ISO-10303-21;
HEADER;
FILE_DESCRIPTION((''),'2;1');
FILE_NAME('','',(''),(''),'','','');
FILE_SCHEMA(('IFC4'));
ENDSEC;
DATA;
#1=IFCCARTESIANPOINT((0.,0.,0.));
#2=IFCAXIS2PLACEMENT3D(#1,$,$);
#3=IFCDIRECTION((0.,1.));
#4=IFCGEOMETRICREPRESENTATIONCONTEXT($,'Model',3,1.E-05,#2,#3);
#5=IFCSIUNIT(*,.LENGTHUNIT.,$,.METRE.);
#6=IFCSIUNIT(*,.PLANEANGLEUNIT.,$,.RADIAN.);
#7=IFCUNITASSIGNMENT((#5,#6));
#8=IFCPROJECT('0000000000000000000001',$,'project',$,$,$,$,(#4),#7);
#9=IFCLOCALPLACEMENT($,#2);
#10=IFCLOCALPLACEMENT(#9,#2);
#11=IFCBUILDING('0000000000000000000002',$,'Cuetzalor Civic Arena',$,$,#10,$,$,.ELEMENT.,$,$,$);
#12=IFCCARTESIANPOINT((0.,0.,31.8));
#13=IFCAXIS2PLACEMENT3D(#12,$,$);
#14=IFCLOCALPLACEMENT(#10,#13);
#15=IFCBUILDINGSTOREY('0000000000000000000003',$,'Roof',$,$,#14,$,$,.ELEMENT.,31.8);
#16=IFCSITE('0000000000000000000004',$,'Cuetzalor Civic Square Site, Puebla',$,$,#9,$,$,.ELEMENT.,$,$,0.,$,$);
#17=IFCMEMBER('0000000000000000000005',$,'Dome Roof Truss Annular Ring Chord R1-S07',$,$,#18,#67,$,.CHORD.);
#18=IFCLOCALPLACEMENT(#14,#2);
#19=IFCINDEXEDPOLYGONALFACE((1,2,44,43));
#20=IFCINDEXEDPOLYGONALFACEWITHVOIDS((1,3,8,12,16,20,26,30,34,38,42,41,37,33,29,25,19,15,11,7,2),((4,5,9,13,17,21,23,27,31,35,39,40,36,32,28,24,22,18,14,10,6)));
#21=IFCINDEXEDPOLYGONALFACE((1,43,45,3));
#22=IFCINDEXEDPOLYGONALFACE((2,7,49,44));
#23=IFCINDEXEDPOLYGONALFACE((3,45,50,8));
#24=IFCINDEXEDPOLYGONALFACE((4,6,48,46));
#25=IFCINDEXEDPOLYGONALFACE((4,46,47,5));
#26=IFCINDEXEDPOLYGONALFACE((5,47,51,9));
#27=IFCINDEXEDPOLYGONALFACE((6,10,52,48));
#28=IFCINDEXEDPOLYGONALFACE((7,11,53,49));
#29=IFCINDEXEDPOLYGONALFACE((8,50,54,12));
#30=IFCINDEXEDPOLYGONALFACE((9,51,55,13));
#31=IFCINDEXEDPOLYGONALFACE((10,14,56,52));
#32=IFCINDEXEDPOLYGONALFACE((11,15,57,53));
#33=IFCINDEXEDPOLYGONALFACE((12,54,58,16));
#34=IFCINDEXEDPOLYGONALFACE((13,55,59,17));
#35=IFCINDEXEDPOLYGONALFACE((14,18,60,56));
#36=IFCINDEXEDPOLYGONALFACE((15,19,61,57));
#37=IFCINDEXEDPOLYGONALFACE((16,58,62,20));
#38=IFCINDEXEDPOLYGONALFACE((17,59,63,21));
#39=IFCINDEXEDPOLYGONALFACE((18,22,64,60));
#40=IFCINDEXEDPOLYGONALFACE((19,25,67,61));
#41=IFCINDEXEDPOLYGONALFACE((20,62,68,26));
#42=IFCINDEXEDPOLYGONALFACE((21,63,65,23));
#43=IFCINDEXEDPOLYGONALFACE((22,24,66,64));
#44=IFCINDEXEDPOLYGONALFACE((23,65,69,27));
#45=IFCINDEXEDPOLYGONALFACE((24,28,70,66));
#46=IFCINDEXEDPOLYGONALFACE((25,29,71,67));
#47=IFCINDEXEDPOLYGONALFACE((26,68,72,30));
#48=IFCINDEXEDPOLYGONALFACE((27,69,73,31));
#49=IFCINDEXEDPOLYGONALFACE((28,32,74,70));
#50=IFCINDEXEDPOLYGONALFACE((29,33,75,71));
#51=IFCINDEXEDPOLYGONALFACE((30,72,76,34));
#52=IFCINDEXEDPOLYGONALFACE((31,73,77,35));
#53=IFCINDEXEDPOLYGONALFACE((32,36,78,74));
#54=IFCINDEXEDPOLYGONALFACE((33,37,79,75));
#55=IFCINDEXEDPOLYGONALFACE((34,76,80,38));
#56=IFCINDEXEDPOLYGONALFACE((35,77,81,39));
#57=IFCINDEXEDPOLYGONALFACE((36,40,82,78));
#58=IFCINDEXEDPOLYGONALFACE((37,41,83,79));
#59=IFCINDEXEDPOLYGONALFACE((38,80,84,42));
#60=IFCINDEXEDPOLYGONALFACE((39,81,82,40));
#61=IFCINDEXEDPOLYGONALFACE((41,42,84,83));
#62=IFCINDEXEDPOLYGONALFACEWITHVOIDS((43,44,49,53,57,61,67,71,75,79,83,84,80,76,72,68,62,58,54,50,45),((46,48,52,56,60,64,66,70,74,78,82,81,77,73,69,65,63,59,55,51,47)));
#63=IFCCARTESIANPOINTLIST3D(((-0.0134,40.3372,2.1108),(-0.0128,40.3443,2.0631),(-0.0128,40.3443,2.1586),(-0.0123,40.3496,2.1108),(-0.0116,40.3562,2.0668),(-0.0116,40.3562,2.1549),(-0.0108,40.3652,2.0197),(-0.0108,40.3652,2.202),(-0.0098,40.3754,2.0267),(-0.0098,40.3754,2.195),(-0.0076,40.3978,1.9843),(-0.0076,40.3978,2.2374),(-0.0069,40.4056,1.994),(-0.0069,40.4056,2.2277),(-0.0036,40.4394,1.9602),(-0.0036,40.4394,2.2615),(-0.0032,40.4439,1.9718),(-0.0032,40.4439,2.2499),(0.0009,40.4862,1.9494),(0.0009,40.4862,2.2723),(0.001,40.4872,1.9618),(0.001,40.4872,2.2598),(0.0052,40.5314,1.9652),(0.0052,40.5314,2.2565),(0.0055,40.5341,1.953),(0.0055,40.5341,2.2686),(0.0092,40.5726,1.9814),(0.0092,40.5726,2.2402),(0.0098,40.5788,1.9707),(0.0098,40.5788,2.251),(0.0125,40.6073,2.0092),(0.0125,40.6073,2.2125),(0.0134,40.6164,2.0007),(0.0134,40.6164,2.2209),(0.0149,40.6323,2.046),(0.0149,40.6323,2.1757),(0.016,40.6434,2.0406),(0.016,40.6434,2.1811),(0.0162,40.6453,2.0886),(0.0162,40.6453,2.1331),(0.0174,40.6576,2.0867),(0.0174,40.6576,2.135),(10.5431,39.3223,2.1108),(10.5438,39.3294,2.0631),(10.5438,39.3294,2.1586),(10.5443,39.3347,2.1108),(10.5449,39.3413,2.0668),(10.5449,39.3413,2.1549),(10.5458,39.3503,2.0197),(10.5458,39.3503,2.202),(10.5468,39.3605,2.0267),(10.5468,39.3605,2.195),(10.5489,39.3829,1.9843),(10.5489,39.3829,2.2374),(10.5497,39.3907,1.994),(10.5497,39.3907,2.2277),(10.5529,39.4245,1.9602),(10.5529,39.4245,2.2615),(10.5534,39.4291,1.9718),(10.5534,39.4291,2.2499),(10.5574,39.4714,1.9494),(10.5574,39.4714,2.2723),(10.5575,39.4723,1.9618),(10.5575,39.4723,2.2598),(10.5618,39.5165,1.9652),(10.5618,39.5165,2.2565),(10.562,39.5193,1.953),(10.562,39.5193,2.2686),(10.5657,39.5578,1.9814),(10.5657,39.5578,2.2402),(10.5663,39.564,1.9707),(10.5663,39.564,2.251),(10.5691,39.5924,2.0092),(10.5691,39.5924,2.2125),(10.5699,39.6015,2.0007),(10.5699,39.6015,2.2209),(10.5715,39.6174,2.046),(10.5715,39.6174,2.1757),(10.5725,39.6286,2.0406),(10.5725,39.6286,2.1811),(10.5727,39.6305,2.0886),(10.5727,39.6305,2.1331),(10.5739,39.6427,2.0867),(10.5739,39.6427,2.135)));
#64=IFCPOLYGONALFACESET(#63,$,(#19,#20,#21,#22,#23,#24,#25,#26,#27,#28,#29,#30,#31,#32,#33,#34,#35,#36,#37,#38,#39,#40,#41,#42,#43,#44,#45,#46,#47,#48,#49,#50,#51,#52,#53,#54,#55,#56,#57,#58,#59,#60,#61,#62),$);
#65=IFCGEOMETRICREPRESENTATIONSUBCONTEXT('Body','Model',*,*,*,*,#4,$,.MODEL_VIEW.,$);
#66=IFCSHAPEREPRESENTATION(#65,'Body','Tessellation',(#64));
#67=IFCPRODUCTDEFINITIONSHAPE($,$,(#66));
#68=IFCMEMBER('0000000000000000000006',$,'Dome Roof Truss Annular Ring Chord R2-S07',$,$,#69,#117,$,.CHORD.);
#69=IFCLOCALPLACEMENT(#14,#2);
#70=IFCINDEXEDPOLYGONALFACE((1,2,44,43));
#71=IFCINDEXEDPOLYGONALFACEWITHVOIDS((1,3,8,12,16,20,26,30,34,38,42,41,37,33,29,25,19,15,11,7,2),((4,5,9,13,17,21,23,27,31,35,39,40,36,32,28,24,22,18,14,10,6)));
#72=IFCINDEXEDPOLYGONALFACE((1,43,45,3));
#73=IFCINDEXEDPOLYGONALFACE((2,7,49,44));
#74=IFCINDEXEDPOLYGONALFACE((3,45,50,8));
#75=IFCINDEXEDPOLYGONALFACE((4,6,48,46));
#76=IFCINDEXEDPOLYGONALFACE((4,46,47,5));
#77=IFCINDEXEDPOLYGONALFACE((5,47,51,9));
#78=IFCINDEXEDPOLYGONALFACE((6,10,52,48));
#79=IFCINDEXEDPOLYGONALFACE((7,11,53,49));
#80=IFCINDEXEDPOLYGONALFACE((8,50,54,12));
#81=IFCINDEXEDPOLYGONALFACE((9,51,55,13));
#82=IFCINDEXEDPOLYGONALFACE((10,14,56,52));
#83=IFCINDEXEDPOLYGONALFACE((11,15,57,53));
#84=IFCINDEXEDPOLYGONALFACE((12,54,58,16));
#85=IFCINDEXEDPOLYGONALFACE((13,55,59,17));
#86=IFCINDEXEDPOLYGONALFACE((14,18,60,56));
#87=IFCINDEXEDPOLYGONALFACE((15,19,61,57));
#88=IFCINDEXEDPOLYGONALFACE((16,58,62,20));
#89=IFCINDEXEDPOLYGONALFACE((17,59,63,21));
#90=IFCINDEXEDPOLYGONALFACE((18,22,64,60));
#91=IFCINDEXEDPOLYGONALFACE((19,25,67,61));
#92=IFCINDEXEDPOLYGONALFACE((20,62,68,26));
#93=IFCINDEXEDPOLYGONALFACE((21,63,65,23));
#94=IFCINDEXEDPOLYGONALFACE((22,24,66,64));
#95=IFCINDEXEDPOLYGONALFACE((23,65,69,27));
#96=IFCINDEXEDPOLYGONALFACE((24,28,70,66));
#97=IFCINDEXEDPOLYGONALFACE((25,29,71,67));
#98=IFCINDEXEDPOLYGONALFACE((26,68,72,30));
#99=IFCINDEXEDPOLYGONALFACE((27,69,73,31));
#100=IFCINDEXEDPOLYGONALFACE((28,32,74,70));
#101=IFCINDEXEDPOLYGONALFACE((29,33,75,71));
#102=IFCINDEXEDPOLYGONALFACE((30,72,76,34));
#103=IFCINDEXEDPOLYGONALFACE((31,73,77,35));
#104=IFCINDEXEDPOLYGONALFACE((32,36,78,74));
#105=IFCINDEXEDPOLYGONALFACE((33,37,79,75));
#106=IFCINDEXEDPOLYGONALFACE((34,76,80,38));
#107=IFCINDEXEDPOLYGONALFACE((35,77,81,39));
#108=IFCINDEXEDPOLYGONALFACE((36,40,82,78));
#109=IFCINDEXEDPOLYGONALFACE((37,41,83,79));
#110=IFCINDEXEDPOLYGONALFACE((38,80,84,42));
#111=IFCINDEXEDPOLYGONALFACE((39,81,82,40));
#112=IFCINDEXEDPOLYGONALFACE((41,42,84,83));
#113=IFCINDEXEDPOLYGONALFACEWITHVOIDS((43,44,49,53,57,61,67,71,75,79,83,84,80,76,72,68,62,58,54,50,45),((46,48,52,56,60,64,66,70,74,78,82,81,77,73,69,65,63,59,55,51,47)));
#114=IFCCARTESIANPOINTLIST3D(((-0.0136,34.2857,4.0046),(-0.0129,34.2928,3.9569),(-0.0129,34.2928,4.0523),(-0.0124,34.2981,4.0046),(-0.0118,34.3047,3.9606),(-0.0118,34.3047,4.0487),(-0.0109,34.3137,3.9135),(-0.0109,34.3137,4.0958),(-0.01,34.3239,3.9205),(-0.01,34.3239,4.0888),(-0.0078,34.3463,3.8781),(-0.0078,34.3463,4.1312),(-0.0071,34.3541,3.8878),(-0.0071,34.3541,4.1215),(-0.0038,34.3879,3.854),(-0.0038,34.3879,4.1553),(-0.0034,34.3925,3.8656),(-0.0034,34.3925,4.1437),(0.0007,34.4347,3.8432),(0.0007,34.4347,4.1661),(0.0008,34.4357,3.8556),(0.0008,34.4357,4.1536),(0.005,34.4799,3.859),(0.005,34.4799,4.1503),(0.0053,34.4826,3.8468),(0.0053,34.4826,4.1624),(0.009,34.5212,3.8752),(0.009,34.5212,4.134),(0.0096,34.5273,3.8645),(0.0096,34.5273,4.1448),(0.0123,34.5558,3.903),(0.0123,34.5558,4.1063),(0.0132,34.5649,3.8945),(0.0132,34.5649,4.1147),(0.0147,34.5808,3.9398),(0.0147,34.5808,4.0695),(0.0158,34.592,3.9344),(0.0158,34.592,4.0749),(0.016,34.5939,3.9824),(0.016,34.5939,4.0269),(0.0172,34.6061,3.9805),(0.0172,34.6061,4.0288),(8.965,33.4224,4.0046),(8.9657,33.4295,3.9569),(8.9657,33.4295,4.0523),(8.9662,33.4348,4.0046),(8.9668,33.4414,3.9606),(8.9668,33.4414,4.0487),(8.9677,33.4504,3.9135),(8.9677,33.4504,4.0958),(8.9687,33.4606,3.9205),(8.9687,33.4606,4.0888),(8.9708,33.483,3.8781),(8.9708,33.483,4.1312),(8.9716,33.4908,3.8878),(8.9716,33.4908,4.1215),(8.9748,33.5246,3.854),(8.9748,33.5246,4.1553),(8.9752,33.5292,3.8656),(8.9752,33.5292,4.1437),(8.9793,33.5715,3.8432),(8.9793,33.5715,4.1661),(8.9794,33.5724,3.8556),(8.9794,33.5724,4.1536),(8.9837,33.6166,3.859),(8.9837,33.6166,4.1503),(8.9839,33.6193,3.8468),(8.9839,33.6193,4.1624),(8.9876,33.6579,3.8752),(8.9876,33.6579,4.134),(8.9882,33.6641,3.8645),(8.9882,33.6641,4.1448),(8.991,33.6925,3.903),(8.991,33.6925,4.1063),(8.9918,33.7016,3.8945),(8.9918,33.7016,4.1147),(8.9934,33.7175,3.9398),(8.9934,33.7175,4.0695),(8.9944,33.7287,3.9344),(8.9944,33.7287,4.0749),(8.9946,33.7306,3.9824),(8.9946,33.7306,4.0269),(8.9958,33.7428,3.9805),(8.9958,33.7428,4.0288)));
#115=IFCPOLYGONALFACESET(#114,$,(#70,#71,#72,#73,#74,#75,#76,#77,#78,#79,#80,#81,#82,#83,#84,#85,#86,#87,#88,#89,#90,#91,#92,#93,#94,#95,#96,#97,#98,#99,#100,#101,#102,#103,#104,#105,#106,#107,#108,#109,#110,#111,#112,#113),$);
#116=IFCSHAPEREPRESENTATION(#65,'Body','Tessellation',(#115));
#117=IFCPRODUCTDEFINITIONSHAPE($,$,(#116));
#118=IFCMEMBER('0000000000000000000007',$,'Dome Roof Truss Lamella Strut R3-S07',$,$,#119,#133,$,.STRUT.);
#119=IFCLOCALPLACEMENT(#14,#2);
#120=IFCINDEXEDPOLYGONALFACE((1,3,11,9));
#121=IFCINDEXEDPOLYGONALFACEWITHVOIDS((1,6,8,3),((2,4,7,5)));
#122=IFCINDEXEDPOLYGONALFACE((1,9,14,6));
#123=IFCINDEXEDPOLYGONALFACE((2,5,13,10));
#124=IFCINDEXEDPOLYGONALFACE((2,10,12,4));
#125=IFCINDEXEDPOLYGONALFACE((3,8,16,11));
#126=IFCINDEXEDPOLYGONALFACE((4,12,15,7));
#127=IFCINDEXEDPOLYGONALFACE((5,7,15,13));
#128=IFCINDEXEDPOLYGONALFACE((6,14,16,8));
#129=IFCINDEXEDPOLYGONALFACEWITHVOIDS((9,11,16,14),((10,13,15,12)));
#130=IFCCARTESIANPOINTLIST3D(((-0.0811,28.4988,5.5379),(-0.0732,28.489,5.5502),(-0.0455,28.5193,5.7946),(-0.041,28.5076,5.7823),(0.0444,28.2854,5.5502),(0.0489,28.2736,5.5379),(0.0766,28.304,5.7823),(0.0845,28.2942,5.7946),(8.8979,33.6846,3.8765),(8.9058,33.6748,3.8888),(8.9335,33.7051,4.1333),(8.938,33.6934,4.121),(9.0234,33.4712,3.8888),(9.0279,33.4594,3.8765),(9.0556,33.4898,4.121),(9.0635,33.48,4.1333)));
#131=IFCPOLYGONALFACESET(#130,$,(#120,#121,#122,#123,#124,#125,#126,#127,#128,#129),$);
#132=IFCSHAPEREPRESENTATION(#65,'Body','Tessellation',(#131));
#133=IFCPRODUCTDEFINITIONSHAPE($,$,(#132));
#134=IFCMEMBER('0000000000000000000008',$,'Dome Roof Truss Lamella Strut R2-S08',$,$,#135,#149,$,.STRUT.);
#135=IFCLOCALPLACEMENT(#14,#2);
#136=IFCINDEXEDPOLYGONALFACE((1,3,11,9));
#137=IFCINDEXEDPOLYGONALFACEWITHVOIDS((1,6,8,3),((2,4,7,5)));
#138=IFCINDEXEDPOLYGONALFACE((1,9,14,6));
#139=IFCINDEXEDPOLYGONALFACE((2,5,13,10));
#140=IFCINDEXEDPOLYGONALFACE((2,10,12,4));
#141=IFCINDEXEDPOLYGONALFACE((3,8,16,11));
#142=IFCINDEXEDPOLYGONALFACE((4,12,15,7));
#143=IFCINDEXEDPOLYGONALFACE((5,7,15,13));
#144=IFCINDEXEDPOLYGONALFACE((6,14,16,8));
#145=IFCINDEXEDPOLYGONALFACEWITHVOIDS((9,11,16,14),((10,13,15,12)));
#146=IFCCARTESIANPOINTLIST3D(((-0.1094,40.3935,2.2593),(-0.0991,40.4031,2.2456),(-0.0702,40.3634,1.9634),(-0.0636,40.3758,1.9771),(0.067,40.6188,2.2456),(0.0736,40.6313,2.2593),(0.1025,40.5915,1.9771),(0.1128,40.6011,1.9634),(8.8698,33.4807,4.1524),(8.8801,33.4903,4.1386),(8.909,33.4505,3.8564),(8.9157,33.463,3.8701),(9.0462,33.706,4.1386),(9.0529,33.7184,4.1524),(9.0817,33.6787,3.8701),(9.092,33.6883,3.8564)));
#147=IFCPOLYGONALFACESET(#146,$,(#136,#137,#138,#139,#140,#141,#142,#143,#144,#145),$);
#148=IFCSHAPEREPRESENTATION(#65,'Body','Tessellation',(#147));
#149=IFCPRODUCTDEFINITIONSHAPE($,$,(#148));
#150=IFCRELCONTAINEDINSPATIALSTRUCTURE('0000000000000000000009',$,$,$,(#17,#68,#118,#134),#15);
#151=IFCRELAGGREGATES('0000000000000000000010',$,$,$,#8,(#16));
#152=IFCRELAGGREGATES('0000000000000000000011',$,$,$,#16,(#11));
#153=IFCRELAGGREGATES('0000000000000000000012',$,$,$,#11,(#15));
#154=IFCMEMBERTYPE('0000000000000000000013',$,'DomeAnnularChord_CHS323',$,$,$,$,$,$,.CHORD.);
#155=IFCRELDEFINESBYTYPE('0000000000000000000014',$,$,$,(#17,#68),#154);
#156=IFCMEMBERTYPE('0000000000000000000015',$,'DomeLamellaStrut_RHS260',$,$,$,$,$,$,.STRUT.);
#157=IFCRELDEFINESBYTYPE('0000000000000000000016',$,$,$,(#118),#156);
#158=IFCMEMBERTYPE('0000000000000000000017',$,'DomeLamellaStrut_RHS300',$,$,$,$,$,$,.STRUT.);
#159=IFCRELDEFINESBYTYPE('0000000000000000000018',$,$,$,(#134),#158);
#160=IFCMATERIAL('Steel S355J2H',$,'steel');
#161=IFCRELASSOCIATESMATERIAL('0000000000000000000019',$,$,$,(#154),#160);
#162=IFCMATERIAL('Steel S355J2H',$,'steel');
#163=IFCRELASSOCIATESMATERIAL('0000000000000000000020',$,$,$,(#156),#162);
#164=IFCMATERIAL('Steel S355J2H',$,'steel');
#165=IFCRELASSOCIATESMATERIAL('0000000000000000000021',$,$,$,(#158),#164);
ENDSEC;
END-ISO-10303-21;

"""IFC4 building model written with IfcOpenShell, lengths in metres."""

from ifc_helpers import new_model, si_unit, direction, frame, origin, origin_2d, place, context, subcontext, project, spatial, hollow_rectangle, hollow_circle, extrude, material, material_profile, profile_set, type_object, element, save


model = new_model("IFC4")

# Units and contexts
model_context = context("Model", 3, precision=1e-05, world=origin(), true_north=direction((0.0, 1.0)))
body_context = subcontext(model_context, "Body", "Model", "MODEL_VIEW")
ifc_project = project(units=[si_unit("LENGTHUNIT", "METRE"), si_unit("PLANEANGLEUNIT", "RADIAN")], contexts=[model_context])

# Site, building, storey
site_placement = place(None, origin())
site = spatial("IfcSite", under=ifc_project, at=site_placement, Name="Cuetzalor Civic Square Site, Puebla", CompositionType="ELEMENT", RefElevation=0.0)
building_placement = place(site_placement, origin())
building = spatial("IfcBuilding", under=site, at=building_placement, Name="Cuetzalor Civic Arena", CompositionType="ELEMENT")
storey_placement = place(building_placement, frame((0.0, 0.0, 31.8)))
storey = spatial("IfcBuildingStorey", under=building, at=storey_placement, Name="Roof", CompositionType="ELEMENT", Elevation=31.8)

# Members
ifc_material_1 = material(Name="Steel S355J2H", Category="steel")
ifc_material_profile_1 = material_profile(ifc_material_1, hollow_circle(Radius=0.1619, WallThickness=0.0125, at=origin_2d()), Name="CHS 323.9x12.5")
ifc_profile_set_1 = profile_set([ifc_material_profile_1], Name="Steel S355J2H")
member_type_1 = type_object("IfcMemberType", Name="DomeAnnularChord_CHS323", PredefinedType="CHORD", material=ifc_profile_set_1)
member_1_placement = place(storey_placement, frame((10.5586, 39.4834, 2.1108), z_axis=(-0.995411, 0.095697, 0.0), x_axis=(-0.095697, -0.995411, 0.0)))
element("IfcMember", 1, at=member_1_placement, inside=storey, type_object=member_type_1, Name="Dome Roof Truss Annular Ring Chord R1-S07", PredefinedType="CHORD", context=body_context, shape_type="SweptSolid", body=[
    extrude(hollow_circle(Radius=0.1619, WallThickness=0.0125, at=origin_2d()), origin(), (0.0, 0.0, 1.0), 10.6052),
])
member_2_placement = place(storey_placement, frame((8.9805, 33.5835, 4.0046), z_axis=(-0.995409, 0.095708, 0.0), x_axis=(-0.095708, -0.995409, 0.0)))
element("IfcMember", 2, at=member_2_placement, inside=storey, type_object=member_type_1, Name="Dome Roof Truss Annular Ring Chord R2-S07", PredefinedType="CHORD", context=body_context, shape_type="SweptSolid", body=[
    extrude(hollow_circle(Radius=0.1619, WallThickness=0.0125, at=origin_2d()), origin(), (0.0, 0.0, 1.0), 9.02),
])
ifc_material_2 = material(Name="Steel S355J2H", Category="steel")
ifc_material_profile_2 = material_profile(ifc_material_2, hollow_rectangle(XDim=0.26, YDim=0.26, WallThickness=0.0125, at=origin_2d()), Name="RHS 260x260x12.5")
ifc_profile_set_2 = profile_set([ifc_material_profile_2], Name="Steel S355J2H")
member_type_2 = type_object("IfcMemberType", Name="DomeLamellaStrut_RHS260", PredefinedType="STRUT", material=ifc_profile_set_2)
member_3_placement = place(storey_placement, frame((8.9807, 33.5823, 4.0049), z_axis=(-0.855046, -0.493829, 0.158208), x_axis=(0.500127, -0.865952, 0.0)))
element("IfcMember", 3, at=member_3_placement, inside=storey, type_object=member_type_2, Name="Dome Roof Truss Lamella Strut R3-S07", PredefinedType="STRUT", context=body_context, shape_type="SweptSolid", body=[
    extrude(hollow_rectangle(XDim=0.26, YDim=0.26, WallThickness=0.0125, at=origin_2d()), origin(), (0.0, 0.0, 1.0), 10.5012),
])
ifc_material_3 = material(Name="Steel S355J2H", Category="steel")
ifc_material_profile_3 = material_profile(ifc_material_3, hollow_rectangle(XDim=0.3, YDim=0.3, WallThickness=0.0139, at=origin_2d()), Name="RHS 300x300x14")
ifc_profile_set_3 = profile_set([ifc_material_profile_3], Name="Steel S355J2H")
member_type_3 = type_object("IfcMemberType", Name="DomeLamellaStrut_RHS300", PredefinedType="STRUT", material=ifc_profile_set_3)
member_4_placement = place(storey_placement, frame((0.0017, 40.4973, 2.1113), z_axis=(0.781549, -0.60169, 0.164772), x_axis=(0.610028, 0.79238, 0.0)))
element("IfcMember", 4, at=member_4_placement, inside=storey, type_object=member_type_3, Name="Dome Roof Truss Lamella Strut R2-S08", PredefinedType="STRUT", context=body_context, shape_type="SweptSolid", body=[
    extrude(hollow_rectangle(XDim=0.3, YDim=0.3, WallThickness=0.0139, at=origin_2d()), origin(), (0.0, 0.0, 1.0), 11.489),
])

save(model, "model.ifc")
